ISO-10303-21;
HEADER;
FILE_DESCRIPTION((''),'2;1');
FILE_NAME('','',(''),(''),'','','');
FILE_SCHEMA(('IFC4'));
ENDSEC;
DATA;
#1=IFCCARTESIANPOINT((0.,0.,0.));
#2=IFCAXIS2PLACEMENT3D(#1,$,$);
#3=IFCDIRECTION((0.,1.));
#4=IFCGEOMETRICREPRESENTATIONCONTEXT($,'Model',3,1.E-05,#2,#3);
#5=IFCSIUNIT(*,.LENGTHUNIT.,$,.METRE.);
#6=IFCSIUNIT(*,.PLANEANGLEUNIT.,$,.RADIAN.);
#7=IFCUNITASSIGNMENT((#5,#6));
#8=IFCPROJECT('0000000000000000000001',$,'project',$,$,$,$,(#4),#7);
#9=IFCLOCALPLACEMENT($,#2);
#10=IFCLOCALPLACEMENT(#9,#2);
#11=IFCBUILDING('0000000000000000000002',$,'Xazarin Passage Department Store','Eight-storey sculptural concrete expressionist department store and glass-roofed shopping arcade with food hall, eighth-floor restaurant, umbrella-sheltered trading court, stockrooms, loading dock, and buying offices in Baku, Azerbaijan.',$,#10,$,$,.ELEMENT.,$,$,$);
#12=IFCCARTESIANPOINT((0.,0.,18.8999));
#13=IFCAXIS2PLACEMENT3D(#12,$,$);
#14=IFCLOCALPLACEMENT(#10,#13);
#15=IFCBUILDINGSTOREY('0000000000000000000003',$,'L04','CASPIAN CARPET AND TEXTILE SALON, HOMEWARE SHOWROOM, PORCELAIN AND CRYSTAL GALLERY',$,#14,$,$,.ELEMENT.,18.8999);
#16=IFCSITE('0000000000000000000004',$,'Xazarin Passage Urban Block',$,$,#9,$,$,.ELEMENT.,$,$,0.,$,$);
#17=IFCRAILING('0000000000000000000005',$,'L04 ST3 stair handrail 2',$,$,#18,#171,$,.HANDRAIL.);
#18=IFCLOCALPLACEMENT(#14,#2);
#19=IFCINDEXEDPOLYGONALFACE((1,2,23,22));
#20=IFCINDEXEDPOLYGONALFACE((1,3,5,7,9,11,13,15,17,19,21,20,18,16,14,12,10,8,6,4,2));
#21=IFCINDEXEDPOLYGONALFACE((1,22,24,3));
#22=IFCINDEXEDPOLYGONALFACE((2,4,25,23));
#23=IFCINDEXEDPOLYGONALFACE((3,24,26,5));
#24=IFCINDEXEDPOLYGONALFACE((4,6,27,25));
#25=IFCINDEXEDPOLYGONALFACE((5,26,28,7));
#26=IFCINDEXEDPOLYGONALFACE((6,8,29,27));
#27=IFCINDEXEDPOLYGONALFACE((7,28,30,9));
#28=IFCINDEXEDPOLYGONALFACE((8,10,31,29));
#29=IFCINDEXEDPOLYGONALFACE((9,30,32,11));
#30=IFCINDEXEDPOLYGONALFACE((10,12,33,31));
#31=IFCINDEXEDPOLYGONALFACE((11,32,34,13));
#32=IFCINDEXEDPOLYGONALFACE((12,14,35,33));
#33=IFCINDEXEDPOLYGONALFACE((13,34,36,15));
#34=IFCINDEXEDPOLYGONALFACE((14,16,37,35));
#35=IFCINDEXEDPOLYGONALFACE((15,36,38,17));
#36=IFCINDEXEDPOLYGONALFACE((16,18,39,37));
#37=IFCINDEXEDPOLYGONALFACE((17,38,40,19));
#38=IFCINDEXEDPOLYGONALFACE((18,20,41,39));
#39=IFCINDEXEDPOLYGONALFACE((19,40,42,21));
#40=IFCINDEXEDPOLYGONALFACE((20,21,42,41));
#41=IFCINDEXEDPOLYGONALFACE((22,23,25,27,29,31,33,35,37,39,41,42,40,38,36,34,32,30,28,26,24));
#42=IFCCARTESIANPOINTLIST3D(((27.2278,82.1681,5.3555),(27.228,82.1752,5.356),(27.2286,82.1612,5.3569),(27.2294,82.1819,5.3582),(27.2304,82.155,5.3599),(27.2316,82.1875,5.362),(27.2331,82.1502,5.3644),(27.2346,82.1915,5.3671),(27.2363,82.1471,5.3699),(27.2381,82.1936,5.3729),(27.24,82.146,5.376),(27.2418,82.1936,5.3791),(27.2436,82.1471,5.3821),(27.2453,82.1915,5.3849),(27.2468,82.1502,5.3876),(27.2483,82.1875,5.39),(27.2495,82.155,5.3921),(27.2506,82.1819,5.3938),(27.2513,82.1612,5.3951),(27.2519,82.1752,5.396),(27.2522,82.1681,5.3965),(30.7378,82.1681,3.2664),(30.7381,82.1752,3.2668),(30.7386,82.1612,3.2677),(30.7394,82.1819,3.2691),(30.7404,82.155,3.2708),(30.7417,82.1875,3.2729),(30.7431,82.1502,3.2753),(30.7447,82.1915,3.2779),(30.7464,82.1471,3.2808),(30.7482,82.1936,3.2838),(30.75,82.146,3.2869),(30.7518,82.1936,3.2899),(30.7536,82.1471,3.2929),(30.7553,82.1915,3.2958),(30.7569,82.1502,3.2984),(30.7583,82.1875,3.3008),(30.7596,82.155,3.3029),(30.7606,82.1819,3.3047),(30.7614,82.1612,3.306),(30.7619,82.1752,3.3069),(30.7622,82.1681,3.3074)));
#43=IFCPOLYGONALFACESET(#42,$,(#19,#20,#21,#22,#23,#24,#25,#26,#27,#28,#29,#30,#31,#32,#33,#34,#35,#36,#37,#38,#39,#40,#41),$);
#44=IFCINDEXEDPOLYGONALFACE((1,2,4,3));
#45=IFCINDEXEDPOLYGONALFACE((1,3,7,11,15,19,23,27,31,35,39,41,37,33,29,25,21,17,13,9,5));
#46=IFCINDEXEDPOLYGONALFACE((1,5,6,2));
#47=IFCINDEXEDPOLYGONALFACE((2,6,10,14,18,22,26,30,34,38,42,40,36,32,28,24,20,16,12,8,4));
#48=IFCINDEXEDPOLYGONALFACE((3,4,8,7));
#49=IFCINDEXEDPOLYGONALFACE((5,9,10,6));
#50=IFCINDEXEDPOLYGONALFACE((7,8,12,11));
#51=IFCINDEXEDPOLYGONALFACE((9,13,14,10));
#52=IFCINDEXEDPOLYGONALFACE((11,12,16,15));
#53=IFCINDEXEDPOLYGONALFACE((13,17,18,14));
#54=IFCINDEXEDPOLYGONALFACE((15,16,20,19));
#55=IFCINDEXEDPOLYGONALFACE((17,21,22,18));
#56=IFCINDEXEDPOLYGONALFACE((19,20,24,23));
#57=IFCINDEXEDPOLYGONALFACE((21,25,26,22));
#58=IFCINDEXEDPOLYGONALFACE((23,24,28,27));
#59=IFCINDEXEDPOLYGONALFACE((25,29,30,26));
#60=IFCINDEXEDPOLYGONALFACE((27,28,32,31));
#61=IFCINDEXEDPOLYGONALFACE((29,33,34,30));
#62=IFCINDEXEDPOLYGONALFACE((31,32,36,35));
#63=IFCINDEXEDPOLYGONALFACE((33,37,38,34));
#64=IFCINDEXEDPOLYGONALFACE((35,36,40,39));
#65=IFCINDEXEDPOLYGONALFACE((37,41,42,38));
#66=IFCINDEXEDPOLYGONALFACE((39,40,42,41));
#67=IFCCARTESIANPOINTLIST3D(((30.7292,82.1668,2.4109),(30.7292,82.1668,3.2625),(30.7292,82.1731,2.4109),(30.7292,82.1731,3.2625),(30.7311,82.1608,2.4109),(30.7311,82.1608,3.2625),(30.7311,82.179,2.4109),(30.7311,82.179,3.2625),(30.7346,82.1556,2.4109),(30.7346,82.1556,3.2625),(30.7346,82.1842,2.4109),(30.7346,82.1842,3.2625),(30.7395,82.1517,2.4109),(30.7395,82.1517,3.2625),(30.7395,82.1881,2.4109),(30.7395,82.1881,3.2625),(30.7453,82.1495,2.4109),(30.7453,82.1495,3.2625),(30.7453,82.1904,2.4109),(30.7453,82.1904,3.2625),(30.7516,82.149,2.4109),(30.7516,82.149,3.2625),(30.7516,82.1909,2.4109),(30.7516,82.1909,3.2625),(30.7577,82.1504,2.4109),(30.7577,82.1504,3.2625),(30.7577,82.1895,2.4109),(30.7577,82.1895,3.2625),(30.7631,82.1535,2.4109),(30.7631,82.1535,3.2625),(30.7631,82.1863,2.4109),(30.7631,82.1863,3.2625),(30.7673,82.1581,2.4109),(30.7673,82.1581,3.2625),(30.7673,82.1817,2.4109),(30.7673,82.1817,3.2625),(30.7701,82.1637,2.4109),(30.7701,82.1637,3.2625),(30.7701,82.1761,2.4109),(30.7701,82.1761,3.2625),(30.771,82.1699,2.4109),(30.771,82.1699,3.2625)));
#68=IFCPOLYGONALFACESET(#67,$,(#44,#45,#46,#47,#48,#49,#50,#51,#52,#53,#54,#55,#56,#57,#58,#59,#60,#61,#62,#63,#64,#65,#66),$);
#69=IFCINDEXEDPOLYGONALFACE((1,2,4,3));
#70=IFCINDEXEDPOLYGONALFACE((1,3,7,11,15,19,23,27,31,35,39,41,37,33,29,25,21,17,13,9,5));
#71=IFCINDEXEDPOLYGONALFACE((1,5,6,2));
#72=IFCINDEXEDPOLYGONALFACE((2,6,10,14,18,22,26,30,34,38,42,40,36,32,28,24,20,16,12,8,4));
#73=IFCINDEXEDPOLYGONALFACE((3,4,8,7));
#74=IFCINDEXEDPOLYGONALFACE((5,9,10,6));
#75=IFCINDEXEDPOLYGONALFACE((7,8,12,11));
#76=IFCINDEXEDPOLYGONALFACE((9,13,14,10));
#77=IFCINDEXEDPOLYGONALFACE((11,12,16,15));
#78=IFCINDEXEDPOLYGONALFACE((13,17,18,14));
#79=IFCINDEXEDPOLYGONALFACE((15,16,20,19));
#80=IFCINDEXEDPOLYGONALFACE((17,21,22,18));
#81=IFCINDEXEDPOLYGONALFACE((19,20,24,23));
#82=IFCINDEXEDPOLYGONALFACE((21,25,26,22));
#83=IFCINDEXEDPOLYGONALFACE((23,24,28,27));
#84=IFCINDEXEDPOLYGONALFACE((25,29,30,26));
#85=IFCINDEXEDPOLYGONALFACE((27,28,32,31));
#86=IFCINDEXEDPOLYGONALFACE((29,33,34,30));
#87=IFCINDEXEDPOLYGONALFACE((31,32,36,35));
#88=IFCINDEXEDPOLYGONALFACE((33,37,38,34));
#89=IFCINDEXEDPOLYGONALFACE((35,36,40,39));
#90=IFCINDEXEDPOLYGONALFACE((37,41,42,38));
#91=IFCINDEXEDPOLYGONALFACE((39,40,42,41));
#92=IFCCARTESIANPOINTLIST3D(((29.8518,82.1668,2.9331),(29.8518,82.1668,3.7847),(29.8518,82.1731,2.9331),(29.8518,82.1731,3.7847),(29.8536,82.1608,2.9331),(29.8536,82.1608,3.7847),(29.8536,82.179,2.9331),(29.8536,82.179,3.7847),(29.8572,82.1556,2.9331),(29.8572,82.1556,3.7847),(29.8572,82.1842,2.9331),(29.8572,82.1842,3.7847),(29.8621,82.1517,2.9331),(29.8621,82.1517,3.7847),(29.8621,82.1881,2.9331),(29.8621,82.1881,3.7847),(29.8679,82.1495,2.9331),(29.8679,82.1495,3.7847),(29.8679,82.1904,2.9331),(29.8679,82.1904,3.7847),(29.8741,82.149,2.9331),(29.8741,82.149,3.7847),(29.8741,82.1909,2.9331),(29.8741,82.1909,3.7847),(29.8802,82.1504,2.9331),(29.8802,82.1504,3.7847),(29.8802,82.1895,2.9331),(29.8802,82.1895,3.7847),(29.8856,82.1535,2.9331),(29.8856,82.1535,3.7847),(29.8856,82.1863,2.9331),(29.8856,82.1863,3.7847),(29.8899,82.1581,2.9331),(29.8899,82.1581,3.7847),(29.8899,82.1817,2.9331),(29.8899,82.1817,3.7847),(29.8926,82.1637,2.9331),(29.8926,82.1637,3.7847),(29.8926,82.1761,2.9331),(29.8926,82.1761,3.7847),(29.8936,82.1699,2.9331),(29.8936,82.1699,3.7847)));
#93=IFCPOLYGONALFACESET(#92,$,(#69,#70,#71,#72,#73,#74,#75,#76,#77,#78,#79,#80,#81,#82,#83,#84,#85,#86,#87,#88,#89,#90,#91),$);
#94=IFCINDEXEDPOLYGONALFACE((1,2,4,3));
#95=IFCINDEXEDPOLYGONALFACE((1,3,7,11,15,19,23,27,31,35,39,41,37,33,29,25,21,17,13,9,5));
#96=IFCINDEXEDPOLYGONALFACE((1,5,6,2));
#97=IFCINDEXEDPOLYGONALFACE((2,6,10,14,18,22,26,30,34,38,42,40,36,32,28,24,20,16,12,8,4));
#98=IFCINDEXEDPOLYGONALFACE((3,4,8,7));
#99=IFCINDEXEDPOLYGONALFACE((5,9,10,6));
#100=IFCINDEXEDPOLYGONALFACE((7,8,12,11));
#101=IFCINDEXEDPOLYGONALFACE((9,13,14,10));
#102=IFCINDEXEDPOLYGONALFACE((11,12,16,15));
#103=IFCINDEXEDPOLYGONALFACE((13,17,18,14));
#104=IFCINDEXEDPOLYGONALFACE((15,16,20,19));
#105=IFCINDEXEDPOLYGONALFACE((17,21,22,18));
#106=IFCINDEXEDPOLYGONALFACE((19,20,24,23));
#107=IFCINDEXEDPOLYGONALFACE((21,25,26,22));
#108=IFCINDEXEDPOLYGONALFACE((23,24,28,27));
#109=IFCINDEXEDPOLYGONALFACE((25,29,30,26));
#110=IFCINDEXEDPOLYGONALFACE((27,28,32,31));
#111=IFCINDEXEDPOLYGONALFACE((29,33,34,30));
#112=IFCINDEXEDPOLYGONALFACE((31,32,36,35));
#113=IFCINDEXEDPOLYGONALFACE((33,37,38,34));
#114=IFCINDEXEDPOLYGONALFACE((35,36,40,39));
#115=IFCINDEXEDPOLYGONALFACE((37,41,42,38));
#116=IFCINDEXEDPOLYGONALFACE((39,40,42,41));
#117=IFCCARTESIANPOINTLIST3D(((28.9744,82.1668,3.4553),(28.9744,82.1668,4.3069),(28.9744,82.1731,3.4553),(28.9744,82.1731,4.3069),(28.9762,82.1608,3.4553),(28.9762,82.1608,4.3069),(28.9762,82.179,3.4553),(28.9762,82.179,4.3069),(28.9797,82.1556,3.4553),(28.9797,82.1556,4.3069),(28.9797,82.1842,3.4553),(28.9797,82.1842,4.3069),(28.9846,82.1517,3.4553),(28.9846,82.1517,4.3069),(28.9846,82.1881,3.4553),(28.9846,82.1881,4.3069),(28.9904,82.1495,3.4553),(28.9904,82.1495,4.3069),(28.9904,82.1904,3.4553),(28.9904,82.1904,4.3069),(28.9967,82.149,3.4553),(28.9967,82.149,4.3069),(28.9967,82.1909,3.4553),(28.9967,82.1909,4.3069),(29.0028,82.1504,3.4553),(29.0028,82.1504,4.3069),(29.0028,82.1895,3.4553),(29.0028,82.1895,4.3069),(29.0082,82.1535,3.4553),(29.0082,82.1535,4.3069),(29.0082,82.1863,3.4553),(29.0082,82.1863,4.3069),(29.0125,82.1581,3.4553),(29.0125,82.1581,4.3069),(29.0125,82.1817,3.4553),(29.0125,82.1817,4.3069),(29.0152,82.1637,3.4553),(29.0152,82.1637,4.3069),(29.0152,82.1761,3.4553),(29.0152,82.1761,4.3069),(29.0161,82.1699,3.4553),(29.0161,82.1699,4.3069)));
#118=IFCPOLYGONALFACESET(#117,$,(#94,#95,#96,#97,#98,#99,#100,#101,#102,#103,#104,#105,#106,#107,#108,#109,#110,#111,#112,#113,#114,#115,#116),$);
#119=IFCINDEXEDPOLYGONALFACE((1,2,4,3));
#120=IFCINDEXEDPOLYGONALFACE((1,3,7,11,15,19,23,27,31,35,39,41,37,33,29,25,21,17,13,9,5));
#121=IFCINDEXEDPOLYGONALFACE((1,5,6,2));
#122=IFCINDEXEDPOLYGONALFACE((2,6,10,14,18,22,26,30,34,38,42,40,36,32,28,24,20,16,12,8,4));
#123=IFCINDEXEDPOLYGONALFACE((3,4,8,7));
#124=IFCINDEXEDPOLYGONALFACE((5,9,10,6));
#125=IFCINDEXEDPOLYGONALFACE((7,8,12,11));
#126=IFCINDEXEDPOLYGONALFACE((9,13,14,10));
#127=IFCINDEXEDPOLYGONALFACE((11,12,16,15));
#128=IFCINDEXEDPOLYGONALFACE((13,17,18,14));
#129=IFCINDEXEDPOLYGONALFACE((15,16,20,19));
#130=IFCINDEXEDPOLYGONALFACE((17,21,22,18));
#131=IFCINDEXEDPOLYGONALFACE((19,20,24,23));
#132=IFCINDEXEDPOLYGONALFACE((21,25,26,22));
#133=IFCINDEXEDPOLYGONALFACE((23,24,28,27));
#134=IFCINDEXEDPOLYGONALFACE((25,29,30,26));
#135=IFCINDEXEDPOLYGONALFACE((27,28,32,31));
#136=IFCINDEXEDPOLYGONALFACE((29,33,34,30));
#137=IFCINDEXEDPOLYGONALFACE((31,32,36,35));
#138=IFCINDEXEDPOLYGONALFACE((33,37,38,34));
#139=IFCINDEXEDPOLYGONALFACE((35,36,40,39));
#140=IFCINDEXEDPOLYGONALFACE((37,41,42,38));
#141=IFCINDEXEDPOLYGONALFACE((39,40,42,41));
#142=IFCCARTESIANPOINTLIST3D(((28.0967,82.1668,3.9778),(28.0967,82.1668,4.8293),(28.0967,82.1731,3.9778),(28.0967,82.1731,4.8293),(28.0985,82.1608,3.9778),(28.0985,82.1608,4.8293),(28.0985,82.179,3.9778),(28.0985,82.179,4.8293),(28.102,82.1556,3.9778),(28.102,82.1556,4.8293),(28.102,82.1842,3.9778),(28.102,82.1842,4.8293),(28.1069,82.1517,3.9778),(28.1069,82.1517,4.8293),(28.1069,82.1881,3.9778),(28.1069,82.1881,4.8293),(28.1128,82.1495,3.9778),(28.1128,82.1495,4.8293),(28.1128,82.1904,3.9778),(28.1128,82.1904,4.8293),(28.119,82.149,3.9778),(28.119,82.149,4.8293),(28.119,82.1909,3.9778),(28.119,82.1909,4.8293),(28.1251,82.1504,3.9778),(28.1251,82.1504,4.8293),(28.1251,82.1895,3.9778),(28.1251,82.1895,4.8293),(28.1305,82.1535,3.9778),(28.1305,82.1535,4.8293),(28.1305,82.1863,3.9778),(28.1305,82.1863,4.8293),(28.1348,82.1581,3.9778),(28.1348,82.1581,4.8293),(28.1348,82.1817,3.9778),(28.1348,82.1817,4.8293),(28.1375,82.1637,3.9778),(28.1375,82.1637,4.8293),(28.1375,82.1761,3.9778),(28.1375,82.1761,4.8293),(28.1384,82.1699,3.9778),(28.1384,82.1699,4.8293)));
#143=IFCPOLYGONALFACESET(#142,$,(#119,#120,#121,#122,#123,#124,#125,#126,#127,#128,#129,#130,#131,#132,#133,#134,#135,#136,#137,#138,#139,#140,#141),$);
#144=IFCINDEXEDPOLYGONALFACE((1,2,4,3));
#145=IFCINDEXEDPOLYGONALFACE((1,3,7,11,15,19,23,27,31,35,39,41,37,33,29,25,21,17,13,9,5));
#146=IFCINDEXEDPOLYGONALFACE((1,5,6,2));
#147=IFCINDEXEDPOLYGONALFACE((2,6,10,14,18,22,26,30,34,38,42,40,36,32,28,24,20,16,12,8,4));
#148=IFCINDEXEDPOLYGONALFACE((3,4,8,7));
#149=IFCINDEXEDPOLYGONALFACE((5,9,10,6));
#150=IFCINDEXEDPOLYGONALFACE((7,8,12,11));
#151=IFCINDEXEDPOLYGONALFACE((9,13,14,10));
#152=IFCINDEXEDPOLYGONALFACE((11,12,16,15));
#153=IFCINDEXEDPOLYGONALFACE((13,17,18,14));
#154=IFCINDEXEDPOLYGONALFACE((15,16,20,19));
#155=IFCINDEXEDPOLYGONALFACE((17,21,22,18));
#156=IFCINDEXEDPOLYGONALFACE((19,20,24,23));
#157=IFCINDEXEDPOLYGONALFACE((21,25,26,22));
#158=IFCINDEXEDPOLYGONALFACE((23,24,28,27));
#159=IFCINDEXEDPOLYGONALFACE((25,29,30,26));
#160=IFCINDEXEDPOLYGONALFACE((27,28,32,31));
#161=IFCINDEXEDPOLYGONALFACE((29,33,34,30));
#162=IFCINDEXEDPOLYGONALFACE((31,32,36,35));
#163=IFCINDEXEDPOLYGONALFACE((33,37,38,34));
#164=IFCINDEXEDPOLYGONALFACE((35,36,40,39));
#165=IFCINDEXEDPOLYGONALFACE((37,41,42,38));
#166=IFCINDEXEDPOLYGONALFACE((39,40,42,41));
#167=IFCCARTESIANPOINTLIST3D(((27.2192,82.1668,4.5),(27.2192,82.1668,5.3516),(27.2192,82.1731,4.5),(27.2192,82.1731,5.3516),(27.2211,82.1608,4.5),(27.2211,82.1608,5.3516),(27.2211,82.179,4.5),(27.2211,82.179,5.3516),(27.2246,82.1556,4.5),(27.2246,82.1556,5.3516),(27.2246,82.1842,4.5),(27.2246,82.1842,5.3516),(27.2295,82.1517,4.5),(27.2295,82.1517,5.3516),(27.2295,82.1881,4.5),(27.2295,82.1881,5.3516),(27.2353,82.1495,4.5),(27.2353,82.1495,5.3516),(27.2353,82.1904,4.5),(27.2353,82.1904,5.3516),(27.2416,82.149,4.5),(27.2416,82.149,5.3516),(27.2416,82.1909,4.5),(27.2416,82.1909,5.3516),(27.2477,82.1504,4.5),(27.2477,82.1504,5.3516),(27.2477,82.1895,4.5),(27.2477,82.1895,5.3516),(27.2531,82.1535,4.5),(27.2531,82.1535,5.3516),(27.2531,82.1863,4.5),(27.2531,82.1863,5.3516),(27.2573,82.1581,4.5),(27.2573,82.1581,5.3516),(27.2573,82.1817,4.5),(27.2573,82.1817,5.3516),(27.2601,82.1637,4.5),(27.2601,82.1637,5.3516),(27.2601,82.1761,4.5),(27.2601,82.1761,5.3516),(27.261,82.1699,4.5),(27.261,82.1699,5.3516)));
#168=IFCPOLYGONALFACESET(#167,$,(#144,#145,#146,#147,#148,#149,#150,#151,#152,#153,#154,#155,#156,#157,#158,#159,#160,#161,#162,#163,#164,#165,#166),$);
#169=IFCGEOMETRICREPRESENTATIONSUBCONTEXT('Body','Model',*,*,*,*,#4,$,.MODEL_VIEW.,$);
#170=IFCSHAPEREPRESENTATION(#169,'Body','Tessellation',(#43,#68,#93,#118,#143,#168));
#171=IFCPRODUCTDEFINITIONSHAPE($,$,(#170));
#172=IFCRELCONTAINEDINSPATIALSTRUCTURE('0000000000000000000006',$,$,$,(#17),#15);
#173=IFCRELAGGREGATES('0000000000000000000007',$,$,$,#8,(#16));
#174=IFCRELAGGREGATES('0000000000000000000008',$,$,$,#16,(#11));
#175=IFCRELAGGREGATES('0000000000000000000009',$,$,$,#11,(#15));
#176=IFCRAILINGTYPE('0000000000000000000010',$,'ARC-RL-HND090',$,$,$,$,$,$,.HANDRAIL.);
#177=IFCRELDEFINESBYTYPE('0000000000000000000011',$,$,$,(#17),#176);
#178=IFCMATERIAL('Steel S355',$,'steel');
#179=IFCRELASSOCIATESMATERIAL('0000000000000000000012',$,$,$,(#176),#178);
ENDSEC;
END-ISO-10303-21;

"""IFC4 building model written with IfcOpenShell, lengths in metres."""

from ifc_helpers import new_model, si_unit, direction, frame, origin, origin_2d, place, context, subcontext, project, spatial, circle, extrude, material, type_object, element, save


model = new_model("IFC4")

# Units and contexts
model_context = context("Model", 3, precision=1e-05, world=origin(), true_north=direction((0.0, 1.0)))
body_context = subcontext(model_context, "Body", "Model", "MODEL_VIEW")
ifc_project = project(units=[si_unit("LENGTHUNIT", "METRE"), si_unit("PLANEANGLEUNIT", "RADIAN")], contexts=[model_context])

# Site, building, storey
site_placement = place(None, origin())
site = spatial("IfcSite", under=ifc_project, at=site_placement, Name="Xazarin Passage Urban Block", CompositionType="ELEMENT", RefElevation=0.0)
building_placement = place(site_placement, origin())
building = spatial("IfcBuilding", under=site, at=building_placement, Name="Xazarin Passage Department Store", Description="Eight-storey sculptural concrete expressionist department store and glass-roofed shopping arcade with food hall, eighth-floor restaurant, umbrella-sheltered trading court, stockrooms, loading dock, and buying offices in Baku, Azerbaijan.", CompositionType="ELEMENT")
storey_placement = place(building_placement, frame((0.0, 0.0, 18.8999)))
storey = spatial("IfcBuildingStorey", under=building, at=storey_placement, Name="L04", Description="CASPIAN CARPET AND TEXTILE SALON, HOMEWARE SHOWROOM, PORCELAIN AND CRYSTAL GALLERY", CompositionType="ELEMENT", Elevation=18.8999)

# Shared definitions
ifc_material_1 = material(Name="Steel S355", Category="steel")

# Railing
railing_type_1 = type_object("IfcRailingType", Name="ARC-RL-HND090", PredefinedType="HANDRAIL", material=ifc_material_1)
railing_1_placement = place(storey_placement, frame((30.75, 82.1699, 2.4109)))
element("IfcRailing", 1, at=railing_1_placement, inside=storey, type_object=railing_type_1, Name="L04 ST3 stair handrail 2", PredefinedType="HANDRAIL", context=body_context, shape_type="SweptSolid", body=[
    extrude(circle(Radius=0.0239, at=origin_2d()), frame((0.0, 0.0, 0.876), z_axis=(-0.859312, 0.0, 0.511451), x_axis=(0.0, -1.0, 0.0)), (0.0, 0.0, 1.0), 4.0847),
    extrude(circle(Radius=0.021, at=origin_2d()), origin(), (0.0, 0.0, 1.0), 0.8516),
    extrude(circle(Radius=0.021, at=origin_2d()), frame((-0.8774, 0.0, 0.5222)), (0.0, 0.0, 1.0), 0.8516),
    extrude(circle(Radius=0.021, at=origin_2d()), frame((-1.7549, 0.0, 1.0444)), (0.0, 0.0, 1.0), 0.8516),
    extrude(circle(Radius=0.021, at=origin_2d()), frame((-2.6326, 0.0, 1.5669)), (0.0, 0.0, 1.0), 0.8516),
    extrude(circle(Radius=0.021, at=origin_2d()), frame((-3.51, 0.0, 2.0891)), (0.0, 0.0, 1.0), 0.8516),
])

save(model, "model.ifc")
